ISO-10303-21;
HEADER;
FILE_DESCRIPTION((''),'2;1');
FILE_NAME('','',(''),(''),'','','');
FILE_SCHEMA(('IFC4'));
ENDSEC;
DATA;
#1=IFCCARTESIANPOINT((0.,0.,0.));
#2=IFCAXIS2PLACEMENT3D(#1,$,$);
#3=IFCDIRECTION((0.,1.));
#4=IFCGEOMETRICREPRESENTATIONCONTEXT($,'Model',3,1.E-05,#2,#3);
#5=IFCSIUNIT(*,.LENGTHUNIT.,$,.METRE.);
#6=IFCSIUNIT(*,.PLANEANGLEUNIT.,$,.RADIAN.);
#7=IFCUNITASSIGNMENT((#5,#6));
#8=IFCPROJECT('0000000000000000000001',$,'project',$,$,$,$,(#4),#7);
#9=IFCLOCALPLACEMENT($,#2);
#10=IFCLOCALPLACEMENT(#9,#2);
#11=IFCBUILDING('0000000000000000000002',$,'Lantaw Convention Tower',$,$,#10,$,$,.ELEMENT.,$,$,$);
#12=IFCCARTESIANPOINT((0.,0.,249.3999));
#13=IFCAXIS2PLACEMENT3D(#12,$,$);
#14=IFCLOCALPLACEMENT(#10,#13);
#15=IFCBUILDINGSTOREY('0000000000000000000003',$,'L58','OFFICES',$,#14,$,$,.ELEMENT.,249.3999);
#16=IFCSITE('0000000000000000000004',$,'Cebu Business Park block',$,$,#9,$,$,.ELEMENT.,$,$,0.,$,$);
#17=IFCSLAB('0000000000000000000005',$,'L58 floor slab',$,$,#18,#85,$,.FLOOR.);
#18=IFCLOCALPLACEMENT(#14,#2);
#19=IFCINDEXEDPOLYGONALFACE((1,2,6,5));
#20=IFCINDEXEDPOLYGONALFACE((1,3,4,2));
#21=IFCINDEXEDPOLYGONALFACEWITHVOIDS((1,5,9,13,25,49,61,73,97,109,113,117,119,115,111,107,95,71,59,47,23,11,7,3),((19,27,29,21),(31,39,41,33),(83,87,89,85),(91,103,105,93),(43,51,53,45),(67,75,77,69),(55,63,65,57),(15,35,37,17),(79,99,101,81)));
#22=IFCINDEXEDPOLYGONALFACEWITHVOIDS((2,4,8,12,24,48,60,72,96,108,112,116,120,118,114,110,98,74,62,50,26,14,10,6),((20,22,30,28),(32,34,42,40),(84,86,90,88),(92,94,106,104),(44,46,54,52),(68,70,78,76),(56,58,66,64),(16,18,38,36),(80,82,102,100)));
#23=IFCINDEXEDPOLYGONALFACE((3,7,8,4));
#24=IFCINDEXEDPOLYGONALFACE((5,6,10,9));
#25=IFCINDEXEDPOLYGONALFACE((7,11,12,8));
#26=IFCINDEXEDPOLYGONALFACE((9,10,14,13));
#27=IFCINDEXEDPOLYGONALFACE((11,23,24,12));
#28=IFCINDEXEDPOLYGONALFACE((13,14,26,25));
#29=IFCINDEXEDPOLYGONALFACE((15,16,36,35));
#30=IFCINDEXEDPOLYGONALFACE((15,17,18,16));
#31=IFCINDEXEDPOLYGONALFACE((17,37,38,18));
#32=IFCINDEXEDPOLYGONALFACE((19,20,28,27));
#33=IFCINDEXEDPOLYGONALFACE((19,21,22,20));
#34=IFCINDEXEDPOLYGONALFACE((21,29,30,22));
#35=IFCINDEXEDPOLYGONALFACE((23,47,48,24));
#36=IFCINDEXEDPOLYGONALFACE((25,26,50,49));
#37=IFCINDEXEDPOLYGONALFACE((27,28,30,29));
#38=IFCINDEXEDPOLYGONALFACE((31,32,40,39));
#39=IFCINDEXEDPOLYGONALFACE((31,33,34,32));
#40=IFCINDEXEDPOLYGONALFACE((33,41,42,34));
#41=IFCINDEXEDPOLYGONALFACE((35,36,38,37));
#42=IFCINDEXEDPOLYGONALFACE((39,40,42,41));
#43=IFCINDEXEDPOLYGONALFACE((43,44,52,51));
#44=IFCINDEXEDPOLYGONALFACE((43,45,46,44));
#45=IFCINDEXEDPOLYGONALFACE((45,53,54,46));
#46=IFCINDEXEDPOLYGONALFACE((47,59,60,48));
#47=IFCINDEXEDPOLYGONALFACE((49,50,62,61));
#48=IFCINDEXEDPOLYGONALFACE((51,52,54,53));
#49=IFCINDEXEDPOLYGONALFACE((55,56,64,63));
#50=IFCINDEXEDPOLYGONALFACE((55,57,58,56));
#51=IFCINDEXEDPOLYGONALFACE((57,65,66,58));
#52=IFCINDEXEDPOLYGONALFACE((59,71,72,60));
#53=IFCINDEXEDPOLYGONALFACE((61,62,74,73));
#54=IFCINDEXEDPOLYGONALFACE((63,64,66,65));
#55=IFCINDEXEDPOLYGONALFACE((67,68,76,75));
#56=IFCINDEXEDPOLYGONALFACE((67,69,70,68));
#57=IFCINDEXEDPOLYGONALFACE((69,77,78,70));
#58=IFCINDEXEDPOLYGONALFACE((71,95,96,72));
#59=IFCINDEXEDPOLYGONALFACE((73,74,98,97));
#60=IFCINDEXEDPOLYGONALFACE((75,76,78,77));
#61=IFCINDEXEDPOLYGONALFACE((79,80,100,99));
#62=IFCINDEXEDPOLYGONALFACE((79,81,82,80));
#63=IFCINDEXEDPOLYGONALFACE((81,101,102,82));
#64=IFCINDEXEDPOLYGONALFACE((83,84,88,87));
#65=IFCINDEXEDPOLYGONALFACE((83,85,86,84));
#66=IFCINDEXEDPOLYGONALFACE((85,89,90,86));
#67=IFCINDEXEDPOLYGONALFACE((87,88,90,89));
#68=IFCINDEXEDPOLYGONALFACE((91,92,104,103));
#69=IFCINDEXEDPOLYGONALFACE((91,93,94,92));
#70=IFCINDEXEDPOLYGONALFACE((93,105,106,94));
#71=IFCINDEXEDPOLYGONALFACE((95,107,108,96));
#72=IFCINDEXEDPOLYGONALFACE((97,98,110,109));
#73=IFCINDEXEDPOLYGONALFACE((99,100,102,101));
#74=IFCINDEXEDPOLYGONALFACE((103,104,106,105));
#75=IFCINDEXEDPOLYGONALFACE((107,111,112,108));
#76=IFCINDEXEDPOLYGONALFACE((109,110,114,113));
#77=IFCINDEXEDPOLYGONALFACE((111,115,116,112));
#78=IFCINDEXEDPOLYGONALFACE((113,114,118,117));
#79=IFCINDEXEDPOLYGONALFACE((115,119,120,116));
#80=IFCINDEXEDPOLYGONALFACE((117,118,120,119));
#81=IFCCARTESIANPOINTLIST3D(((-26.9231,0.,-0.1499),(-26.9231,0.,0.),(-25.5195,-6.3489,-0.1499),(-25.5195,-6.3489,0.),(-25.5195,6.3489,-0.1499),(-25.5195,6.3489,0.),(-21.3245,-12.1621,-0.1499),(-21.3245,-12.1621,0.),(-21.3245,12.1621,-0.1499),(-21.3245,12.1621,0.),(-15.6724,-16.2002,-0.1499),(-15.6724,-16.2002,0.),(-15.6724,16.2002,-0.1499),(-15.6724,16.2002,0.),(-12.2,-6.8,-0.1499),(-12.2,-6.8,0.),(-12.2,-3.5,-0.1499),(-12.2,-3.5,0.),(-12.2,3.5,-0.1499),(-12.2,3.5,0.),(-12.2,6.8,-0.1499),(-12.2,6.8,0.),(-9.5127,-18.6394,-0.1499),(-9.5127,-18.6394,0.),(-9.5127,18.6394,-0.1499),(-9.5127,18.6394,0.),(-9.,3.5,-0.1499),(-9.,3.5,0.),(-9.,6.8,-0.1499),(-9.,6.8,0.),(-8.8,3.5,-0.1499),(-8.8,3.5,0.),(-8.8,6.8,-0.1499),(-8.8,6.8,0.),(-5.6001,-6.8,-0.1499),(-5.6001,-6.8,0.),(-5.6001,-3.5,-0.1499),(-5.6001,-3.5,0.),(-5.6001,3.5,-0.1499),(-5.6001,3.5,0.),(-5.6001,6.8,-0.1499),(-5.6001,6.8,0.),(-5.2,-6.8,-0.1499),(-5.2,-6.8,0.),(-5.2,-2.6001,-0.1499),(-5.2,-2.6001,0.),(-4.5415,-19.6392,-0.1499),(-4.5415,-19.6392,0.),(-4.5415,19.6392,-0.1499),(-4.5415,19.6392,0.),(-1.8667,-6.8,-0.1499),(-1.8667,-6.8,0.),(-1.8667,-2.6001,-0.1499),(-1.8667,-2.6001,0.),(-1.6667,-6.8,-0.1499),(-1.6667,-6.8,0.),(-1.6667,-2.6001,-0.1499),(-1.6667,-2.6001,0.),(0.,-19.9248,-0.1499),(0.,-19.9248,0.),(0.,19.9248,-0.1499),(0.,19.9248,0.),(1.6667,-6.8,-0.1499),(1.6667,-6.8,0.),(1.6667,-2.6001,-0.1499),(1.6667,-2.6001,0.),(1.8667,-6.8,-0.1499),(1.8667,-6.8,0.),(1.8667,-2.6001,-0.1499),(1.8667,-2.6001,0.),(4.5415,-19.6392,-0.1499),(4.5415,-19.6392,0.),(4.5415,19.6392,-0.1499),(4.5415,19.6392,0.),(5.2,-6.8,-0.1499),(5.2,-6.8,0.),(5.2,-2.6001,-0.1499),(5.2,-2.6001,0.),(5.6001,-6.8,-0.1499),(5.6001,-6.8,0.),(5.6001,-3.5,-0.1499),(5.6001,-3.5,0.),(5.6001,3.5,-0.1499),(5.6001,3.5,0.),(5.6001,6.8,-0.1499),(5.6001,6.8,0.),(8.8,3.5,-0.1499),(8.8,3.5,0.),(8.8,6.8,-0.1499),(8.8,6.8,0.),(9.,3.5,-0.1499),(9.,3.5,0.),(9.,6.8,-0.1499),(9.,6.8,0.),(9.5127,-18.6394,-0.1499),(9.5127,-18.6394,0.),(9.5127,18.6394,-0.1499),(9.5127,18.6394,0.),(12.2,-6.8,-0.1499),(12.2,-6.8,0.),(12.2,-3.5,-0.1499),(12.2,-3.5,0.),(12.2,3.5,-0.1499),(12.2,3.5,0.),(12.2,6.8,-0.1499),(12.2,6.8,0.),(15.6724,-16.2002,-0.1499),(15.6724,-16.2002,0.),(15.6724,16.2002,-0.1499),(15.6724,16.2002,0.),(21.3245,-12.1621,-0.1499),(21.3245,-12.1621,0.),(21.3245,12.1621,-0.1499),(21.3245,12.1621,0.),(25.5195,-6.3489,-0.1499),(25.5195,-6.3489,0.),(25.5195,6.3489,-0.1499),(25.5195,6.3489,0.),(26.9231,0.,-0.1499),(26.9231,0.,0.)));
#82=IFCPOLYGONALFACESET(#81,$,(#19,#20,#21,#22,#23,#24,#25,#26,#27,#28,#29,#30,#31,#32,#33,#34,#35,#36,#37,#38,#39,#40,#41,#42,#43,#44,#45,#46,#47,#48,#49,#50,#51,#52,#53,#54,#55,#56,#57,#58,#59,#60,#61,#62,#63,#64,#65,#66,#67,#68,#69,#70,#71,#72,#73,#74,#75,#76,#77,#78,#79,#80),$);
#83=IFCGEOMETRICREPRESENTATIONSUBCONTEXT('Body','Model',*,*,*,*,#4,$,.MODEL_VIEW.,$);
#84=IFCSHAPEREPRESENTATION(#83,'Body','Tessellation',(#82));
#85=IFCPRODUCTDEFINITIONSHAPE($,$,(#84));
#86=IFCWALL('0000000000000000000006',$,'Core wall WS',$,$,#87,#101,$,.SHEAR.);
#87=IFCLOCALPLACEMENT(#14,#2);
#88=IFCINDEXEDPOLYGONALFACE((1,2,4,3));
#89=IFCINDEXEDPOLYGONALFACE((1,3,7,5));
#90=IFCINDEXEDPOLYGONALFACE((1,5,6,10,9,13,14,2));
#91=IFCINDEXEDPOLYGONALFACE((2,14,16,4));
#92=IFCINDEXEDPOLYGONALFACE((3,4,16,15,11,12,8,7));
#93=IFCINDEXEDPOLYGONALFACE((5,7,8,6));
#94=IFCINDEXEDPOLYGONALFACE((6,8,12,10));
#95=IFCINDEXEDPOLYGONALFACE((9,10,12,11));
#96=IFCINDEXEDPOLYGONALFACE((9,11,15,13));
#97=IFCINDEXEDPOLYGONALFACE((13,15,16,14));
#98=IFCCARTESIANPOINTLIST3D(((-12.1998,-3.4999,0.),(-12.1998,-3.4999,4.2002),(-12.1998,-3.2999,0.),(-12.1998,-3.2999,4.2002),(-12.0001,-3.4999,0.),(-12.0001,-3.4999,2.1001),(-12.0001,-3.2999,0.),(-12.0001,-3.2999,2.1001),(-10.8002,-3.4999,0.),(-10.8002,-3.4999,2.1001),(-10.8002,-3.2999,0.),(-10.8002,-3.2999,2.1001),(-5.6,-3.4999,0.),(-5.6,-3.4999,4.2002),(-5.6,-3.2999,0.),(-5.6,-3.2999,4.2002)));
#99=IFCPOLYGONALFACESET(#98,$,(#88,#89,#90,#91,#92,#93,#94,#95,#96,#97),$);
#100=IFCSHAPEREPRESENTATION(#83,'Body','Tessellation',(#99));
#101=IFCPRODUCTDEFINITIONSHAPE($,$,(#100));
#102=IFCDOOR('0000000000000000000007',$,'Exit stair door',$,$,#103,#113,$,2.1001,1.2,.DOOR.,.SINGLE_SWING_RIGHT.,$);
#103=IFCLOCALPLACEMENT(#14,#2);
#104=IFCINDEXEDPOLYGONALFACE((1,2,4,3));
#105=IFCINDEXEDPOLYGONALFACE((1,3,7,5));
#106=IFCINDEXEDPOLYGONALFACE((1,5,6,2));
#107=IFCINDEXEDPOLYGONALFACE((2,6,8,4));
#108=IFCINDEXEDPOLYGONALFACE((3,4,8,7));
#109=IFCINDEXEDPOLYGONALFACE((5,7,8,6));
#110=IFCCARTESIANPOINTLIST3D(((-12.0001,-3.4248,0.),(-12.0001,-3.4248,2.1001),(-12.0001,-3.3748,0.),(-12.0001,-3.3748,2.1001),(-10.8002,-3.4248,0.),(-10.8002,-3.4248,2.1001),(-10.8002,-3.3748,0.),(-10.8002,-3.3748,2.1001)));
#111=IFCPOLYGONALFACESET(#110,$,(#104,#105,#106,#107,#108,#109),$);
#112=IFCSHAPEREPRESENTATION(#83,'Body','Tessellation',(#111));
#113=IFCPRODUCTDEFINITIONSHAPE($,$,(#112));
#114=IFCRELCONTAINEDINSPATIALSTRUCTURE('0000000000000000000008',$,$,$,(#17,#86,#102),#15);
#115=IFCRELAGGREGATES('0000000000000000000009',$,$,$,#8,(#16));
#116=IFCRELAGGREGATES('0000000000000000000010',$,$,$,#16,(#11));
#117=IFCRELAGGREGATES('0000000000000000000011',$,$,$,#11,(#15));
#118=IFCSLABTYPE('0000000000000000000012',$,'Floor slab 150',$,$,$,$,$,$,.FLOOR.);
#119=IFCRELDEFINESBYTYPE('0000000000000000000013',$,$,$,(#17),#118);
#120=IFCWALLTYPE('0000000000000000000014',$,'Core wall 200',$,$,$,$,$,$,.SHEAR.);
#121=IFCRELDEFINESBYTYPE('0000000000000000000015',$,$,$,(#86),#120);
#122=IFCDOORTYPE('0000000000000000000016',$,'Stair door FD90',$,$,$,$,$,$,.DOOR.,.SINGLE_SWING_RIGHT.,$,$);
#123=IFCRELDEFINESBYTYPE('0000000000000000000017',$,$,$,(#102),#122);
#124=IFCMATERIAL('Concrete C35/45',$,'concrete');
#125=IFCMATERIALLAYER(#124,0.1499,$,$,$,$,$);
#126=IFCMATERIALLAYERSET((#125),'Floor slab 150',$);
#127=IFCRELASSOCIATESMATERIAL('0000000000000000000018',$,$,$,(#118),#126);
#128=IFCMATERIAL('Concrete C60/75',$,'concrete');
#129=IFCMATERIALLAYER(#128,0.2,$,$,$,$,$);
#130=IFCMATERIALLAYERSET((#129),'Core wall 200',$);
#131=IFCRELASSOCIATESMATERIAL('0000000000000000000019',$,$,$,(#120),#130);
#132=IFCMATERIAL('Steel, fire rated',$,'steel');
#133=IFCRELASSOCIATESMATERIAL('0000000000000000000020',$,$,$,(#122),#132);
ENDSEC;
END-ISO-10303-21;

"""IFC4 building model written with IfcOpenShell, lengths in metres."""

from ifc_helpers import new_model, si_unit, direction, frame, frame_2d, origin, place, context, subcontext, project, spatial, polyline, rectangle, outline, extrude, material, layer, layer_set, type_object, element, fill, save


model = new_model("IFC4")

# Units and contexts
model_context = context("Model", 3, precision=1e-05, world=origin(), true_north=direction((0.0, 1.0)))
body_context = subcontext(model_context, "Body", "Model", "MODEL_VIEW")
ifc_project = project(units=[si_unit("LENGTHUNIT", "METRE"), si_unit("PLANEANGLEUNIT", "RADIAN")], contexts=[model_context])

# Site, building, storey
site_placement = place(None, origin())
site = spatial("IfcSite", under=ifc_project, at=site_placement, Name="Cebu Business Park block", CompositionType="ELEMENT", RefElevation=0.0)
building_placement = place(site_placement, origin())
building = spatial("IfcBuilding", under=site, at=building_placement, Name="Lantaw Convention Tower", CompositionType="ELEMENT")
storey_placement = place(building_placement, frame((0.0, 0.0, 249.3999)))
storey = spatial("IfcBuildingStorey", under=building, at=storey_placement, Name="L58", Description="OFFICES", CompositionType="ELEMENT", Elevation=249.3999)

# Slab
ifc_material_1 = material(Name="Concrete C35/45", Category="concrete")
ifc_layer_1 = layer(ifc_material_1, 0.1499)
ifc_layer_set_1 = layer_set([ifc_layer_1], Name="Floor slab 150")
slab_type = type_object("IfcSlabType", Name="Floor slab 150", PredefinedType="FLOOR", material=ifc_layer_set_1)
slab_placement = place(storey_placement, frame((0.0, 0.0, -0.1499)))
element("IfcSlab", 1, at=slab_placement, inside=storey, type_object=slab_type, Name="L58 floor slab", PredefinedType="FLOOR", context=body_context, shape_type="SweptSolid", body=[
    extrude(outline(polyline([(25.5195, -6.3489), (26.9231, 0.0), (25.5195, 6.3489), (21.3245, 12.1621), (15.6724, 16.2002), (9.5127, 18.6394), (4.5415, 19.6392), (0.0, 19.9248), (-4.5415, 19.6392), (-9.5127, 18.6394), (-15.6724, 16.2002), (-21.3245, 12.1621), (-25.5195, 6.3489), (-26.9231, 0.0), (-25.5195, -6.3489), (-21.3245, -12.1621), (-15.6724, -16.2002), (-9.5127, -18.6394), (-4.5415, -19.6392), (0.0, -19.9248), (4.5415, -19.6392), (9.5127, -18.6394), (15.6724, -16.2002), (21.3245, -12.1621), (25.5195, -6.3489)]), holes=[polyline([(-5.6001, -3.5), (-12.2, -3.5), (-12.2, -6.8), (-5.6001, -6.8), (-5.6001, -3.5)]), polyline([(12.2, -3.5), (5.6001, -3.5), (5.6001, -6.8), (12.2, -6.8), (12.2, -3.5)]), polyline([(-1.8667, -2.6001), (-5.2, -2.6001), (-5.2, -6.8), (-1.8667, -6.8), (-1.8667, -2.6001)]), polyline([(1.6667, -2.6001), (-1.6667, -2.6001), (-1.6667, -6.8), (1.6667, -6.8), (1.6667, -2.6001)]), polyline([(5.2, -2.6001), (1.8667, -2.6001), (1.8667, -6.8), (5.2, -6.8), (5.2, -2.6001)]), polyline([(-9.0, 6.8), (-12.2, 6.8), (-12.2, 3.5), (-9.0, 3.5), (-9.0, 6.8)]), polyline([(-5.6001, 6.8), (-8.8, 6.8), (-8.8, 3.5), (-5.6001, 3.5), (-5.6001, 6.8)]), polyline([(8.8, 3.5), (8.8, 6.8), (5.6001, 6.8), (5.6001, 3.5), (8.8, 3.5)]), polyline([(12.2, 3.5), (12.2, 6.8), (9.0, 6.8), (9.0, 3.5), (12.2, 3.5)])]), origin(), (0.0, 0.0, 1.0), 0.1499),
])

# Wall, opening, door
ifc_material_2 = material(Name="Concrete C60/75", Category="concrete")
ifc_layer_2 = layer(ifc_material_2, 0.2)
ifc_layer_set_2 = layer_set([ifc_layer_2], Name="Core wall 200")
wall_type_1 = type_object("IfcWallType", Name="Core wall 200", PredefinedType="SHEAR", material=ifc_layer_set_2)
wall_1_placement = place(storey_placement, frame((-5.6001, -3.3999, 0.0), z_axis=(0.0, 0.0, 1.0), x_axis=(-1.0, 0.0, 0.0)))
wall_1 = element("IfcWall", 2, at=wall_1_placement, inside=storey, type_object=wall_type_1, Name="Core wall WS", PredefinedType="SHEAR", context=body_context, shape_type="SweptSolid", body=[
    extrude(rectangle(XDim=6.5999, YDim=0.2, at=frame_2d((3.2998, 0.0))), origin(), (0.0, 0.0, 1.0), 4.2002),
])
opening_1_placement = place(wall_1_placement, frame((5.2, 0.0, 0.0)))
opening_1 = element("IfcOpeningElement", 3, at=opening_1_placement, cuts=wall_1, PredefinedType="OPENING", context=body_context, shape_type="SweptSolid", body=[
    extrude(rectangle(XDim=1.2, YDim=2.1001, at=frame_2d((0.6001, 1.05))), frame((0.0, 0.1099, 0.0), z_axis=(0.0, -1.0, 0.0), x_axis=(1.0, 0.0, 0.0)), (0.0, 0.0, 1.0), 0.22),
])
ifc_material_3 = material(Name="Steel, fire rated", Category="steel")
door_type_1 = type_object("IfcDoorType", Name="Stair door FD90", OperationType="SINGLE_SWING_RIGHT", PredefinedType="DOOR", material=ifc_material_3)
door_1_placement = place(opening_1_placement, origin())
door_1 = element("IfcDoor", 4, at=door_1_placement, inside=storey, type_object=door_type_1, Name="Exit stair door", OperationType="SINGLE_SWING_RIGHT", OverallHeight=2.1001, OverallWidth=1.2, PredefinedType="DOOR", context=body_context, shape_type="SweptSolid", body=[
    extrude(rectangle(XDim=1.2, YDim=2.1001, at=frame_2d((0.6001, 1.05))), frame((0.0, 0.0249, 0.0), z_axis=(0.0, -1.0, 0.0), x_axis=(1.0, 0.0, 0.0)), (0.0, 0.0, 1.0), 0.05),
])
fill(opening_1, door_1)

save(model, "model.ifc")
